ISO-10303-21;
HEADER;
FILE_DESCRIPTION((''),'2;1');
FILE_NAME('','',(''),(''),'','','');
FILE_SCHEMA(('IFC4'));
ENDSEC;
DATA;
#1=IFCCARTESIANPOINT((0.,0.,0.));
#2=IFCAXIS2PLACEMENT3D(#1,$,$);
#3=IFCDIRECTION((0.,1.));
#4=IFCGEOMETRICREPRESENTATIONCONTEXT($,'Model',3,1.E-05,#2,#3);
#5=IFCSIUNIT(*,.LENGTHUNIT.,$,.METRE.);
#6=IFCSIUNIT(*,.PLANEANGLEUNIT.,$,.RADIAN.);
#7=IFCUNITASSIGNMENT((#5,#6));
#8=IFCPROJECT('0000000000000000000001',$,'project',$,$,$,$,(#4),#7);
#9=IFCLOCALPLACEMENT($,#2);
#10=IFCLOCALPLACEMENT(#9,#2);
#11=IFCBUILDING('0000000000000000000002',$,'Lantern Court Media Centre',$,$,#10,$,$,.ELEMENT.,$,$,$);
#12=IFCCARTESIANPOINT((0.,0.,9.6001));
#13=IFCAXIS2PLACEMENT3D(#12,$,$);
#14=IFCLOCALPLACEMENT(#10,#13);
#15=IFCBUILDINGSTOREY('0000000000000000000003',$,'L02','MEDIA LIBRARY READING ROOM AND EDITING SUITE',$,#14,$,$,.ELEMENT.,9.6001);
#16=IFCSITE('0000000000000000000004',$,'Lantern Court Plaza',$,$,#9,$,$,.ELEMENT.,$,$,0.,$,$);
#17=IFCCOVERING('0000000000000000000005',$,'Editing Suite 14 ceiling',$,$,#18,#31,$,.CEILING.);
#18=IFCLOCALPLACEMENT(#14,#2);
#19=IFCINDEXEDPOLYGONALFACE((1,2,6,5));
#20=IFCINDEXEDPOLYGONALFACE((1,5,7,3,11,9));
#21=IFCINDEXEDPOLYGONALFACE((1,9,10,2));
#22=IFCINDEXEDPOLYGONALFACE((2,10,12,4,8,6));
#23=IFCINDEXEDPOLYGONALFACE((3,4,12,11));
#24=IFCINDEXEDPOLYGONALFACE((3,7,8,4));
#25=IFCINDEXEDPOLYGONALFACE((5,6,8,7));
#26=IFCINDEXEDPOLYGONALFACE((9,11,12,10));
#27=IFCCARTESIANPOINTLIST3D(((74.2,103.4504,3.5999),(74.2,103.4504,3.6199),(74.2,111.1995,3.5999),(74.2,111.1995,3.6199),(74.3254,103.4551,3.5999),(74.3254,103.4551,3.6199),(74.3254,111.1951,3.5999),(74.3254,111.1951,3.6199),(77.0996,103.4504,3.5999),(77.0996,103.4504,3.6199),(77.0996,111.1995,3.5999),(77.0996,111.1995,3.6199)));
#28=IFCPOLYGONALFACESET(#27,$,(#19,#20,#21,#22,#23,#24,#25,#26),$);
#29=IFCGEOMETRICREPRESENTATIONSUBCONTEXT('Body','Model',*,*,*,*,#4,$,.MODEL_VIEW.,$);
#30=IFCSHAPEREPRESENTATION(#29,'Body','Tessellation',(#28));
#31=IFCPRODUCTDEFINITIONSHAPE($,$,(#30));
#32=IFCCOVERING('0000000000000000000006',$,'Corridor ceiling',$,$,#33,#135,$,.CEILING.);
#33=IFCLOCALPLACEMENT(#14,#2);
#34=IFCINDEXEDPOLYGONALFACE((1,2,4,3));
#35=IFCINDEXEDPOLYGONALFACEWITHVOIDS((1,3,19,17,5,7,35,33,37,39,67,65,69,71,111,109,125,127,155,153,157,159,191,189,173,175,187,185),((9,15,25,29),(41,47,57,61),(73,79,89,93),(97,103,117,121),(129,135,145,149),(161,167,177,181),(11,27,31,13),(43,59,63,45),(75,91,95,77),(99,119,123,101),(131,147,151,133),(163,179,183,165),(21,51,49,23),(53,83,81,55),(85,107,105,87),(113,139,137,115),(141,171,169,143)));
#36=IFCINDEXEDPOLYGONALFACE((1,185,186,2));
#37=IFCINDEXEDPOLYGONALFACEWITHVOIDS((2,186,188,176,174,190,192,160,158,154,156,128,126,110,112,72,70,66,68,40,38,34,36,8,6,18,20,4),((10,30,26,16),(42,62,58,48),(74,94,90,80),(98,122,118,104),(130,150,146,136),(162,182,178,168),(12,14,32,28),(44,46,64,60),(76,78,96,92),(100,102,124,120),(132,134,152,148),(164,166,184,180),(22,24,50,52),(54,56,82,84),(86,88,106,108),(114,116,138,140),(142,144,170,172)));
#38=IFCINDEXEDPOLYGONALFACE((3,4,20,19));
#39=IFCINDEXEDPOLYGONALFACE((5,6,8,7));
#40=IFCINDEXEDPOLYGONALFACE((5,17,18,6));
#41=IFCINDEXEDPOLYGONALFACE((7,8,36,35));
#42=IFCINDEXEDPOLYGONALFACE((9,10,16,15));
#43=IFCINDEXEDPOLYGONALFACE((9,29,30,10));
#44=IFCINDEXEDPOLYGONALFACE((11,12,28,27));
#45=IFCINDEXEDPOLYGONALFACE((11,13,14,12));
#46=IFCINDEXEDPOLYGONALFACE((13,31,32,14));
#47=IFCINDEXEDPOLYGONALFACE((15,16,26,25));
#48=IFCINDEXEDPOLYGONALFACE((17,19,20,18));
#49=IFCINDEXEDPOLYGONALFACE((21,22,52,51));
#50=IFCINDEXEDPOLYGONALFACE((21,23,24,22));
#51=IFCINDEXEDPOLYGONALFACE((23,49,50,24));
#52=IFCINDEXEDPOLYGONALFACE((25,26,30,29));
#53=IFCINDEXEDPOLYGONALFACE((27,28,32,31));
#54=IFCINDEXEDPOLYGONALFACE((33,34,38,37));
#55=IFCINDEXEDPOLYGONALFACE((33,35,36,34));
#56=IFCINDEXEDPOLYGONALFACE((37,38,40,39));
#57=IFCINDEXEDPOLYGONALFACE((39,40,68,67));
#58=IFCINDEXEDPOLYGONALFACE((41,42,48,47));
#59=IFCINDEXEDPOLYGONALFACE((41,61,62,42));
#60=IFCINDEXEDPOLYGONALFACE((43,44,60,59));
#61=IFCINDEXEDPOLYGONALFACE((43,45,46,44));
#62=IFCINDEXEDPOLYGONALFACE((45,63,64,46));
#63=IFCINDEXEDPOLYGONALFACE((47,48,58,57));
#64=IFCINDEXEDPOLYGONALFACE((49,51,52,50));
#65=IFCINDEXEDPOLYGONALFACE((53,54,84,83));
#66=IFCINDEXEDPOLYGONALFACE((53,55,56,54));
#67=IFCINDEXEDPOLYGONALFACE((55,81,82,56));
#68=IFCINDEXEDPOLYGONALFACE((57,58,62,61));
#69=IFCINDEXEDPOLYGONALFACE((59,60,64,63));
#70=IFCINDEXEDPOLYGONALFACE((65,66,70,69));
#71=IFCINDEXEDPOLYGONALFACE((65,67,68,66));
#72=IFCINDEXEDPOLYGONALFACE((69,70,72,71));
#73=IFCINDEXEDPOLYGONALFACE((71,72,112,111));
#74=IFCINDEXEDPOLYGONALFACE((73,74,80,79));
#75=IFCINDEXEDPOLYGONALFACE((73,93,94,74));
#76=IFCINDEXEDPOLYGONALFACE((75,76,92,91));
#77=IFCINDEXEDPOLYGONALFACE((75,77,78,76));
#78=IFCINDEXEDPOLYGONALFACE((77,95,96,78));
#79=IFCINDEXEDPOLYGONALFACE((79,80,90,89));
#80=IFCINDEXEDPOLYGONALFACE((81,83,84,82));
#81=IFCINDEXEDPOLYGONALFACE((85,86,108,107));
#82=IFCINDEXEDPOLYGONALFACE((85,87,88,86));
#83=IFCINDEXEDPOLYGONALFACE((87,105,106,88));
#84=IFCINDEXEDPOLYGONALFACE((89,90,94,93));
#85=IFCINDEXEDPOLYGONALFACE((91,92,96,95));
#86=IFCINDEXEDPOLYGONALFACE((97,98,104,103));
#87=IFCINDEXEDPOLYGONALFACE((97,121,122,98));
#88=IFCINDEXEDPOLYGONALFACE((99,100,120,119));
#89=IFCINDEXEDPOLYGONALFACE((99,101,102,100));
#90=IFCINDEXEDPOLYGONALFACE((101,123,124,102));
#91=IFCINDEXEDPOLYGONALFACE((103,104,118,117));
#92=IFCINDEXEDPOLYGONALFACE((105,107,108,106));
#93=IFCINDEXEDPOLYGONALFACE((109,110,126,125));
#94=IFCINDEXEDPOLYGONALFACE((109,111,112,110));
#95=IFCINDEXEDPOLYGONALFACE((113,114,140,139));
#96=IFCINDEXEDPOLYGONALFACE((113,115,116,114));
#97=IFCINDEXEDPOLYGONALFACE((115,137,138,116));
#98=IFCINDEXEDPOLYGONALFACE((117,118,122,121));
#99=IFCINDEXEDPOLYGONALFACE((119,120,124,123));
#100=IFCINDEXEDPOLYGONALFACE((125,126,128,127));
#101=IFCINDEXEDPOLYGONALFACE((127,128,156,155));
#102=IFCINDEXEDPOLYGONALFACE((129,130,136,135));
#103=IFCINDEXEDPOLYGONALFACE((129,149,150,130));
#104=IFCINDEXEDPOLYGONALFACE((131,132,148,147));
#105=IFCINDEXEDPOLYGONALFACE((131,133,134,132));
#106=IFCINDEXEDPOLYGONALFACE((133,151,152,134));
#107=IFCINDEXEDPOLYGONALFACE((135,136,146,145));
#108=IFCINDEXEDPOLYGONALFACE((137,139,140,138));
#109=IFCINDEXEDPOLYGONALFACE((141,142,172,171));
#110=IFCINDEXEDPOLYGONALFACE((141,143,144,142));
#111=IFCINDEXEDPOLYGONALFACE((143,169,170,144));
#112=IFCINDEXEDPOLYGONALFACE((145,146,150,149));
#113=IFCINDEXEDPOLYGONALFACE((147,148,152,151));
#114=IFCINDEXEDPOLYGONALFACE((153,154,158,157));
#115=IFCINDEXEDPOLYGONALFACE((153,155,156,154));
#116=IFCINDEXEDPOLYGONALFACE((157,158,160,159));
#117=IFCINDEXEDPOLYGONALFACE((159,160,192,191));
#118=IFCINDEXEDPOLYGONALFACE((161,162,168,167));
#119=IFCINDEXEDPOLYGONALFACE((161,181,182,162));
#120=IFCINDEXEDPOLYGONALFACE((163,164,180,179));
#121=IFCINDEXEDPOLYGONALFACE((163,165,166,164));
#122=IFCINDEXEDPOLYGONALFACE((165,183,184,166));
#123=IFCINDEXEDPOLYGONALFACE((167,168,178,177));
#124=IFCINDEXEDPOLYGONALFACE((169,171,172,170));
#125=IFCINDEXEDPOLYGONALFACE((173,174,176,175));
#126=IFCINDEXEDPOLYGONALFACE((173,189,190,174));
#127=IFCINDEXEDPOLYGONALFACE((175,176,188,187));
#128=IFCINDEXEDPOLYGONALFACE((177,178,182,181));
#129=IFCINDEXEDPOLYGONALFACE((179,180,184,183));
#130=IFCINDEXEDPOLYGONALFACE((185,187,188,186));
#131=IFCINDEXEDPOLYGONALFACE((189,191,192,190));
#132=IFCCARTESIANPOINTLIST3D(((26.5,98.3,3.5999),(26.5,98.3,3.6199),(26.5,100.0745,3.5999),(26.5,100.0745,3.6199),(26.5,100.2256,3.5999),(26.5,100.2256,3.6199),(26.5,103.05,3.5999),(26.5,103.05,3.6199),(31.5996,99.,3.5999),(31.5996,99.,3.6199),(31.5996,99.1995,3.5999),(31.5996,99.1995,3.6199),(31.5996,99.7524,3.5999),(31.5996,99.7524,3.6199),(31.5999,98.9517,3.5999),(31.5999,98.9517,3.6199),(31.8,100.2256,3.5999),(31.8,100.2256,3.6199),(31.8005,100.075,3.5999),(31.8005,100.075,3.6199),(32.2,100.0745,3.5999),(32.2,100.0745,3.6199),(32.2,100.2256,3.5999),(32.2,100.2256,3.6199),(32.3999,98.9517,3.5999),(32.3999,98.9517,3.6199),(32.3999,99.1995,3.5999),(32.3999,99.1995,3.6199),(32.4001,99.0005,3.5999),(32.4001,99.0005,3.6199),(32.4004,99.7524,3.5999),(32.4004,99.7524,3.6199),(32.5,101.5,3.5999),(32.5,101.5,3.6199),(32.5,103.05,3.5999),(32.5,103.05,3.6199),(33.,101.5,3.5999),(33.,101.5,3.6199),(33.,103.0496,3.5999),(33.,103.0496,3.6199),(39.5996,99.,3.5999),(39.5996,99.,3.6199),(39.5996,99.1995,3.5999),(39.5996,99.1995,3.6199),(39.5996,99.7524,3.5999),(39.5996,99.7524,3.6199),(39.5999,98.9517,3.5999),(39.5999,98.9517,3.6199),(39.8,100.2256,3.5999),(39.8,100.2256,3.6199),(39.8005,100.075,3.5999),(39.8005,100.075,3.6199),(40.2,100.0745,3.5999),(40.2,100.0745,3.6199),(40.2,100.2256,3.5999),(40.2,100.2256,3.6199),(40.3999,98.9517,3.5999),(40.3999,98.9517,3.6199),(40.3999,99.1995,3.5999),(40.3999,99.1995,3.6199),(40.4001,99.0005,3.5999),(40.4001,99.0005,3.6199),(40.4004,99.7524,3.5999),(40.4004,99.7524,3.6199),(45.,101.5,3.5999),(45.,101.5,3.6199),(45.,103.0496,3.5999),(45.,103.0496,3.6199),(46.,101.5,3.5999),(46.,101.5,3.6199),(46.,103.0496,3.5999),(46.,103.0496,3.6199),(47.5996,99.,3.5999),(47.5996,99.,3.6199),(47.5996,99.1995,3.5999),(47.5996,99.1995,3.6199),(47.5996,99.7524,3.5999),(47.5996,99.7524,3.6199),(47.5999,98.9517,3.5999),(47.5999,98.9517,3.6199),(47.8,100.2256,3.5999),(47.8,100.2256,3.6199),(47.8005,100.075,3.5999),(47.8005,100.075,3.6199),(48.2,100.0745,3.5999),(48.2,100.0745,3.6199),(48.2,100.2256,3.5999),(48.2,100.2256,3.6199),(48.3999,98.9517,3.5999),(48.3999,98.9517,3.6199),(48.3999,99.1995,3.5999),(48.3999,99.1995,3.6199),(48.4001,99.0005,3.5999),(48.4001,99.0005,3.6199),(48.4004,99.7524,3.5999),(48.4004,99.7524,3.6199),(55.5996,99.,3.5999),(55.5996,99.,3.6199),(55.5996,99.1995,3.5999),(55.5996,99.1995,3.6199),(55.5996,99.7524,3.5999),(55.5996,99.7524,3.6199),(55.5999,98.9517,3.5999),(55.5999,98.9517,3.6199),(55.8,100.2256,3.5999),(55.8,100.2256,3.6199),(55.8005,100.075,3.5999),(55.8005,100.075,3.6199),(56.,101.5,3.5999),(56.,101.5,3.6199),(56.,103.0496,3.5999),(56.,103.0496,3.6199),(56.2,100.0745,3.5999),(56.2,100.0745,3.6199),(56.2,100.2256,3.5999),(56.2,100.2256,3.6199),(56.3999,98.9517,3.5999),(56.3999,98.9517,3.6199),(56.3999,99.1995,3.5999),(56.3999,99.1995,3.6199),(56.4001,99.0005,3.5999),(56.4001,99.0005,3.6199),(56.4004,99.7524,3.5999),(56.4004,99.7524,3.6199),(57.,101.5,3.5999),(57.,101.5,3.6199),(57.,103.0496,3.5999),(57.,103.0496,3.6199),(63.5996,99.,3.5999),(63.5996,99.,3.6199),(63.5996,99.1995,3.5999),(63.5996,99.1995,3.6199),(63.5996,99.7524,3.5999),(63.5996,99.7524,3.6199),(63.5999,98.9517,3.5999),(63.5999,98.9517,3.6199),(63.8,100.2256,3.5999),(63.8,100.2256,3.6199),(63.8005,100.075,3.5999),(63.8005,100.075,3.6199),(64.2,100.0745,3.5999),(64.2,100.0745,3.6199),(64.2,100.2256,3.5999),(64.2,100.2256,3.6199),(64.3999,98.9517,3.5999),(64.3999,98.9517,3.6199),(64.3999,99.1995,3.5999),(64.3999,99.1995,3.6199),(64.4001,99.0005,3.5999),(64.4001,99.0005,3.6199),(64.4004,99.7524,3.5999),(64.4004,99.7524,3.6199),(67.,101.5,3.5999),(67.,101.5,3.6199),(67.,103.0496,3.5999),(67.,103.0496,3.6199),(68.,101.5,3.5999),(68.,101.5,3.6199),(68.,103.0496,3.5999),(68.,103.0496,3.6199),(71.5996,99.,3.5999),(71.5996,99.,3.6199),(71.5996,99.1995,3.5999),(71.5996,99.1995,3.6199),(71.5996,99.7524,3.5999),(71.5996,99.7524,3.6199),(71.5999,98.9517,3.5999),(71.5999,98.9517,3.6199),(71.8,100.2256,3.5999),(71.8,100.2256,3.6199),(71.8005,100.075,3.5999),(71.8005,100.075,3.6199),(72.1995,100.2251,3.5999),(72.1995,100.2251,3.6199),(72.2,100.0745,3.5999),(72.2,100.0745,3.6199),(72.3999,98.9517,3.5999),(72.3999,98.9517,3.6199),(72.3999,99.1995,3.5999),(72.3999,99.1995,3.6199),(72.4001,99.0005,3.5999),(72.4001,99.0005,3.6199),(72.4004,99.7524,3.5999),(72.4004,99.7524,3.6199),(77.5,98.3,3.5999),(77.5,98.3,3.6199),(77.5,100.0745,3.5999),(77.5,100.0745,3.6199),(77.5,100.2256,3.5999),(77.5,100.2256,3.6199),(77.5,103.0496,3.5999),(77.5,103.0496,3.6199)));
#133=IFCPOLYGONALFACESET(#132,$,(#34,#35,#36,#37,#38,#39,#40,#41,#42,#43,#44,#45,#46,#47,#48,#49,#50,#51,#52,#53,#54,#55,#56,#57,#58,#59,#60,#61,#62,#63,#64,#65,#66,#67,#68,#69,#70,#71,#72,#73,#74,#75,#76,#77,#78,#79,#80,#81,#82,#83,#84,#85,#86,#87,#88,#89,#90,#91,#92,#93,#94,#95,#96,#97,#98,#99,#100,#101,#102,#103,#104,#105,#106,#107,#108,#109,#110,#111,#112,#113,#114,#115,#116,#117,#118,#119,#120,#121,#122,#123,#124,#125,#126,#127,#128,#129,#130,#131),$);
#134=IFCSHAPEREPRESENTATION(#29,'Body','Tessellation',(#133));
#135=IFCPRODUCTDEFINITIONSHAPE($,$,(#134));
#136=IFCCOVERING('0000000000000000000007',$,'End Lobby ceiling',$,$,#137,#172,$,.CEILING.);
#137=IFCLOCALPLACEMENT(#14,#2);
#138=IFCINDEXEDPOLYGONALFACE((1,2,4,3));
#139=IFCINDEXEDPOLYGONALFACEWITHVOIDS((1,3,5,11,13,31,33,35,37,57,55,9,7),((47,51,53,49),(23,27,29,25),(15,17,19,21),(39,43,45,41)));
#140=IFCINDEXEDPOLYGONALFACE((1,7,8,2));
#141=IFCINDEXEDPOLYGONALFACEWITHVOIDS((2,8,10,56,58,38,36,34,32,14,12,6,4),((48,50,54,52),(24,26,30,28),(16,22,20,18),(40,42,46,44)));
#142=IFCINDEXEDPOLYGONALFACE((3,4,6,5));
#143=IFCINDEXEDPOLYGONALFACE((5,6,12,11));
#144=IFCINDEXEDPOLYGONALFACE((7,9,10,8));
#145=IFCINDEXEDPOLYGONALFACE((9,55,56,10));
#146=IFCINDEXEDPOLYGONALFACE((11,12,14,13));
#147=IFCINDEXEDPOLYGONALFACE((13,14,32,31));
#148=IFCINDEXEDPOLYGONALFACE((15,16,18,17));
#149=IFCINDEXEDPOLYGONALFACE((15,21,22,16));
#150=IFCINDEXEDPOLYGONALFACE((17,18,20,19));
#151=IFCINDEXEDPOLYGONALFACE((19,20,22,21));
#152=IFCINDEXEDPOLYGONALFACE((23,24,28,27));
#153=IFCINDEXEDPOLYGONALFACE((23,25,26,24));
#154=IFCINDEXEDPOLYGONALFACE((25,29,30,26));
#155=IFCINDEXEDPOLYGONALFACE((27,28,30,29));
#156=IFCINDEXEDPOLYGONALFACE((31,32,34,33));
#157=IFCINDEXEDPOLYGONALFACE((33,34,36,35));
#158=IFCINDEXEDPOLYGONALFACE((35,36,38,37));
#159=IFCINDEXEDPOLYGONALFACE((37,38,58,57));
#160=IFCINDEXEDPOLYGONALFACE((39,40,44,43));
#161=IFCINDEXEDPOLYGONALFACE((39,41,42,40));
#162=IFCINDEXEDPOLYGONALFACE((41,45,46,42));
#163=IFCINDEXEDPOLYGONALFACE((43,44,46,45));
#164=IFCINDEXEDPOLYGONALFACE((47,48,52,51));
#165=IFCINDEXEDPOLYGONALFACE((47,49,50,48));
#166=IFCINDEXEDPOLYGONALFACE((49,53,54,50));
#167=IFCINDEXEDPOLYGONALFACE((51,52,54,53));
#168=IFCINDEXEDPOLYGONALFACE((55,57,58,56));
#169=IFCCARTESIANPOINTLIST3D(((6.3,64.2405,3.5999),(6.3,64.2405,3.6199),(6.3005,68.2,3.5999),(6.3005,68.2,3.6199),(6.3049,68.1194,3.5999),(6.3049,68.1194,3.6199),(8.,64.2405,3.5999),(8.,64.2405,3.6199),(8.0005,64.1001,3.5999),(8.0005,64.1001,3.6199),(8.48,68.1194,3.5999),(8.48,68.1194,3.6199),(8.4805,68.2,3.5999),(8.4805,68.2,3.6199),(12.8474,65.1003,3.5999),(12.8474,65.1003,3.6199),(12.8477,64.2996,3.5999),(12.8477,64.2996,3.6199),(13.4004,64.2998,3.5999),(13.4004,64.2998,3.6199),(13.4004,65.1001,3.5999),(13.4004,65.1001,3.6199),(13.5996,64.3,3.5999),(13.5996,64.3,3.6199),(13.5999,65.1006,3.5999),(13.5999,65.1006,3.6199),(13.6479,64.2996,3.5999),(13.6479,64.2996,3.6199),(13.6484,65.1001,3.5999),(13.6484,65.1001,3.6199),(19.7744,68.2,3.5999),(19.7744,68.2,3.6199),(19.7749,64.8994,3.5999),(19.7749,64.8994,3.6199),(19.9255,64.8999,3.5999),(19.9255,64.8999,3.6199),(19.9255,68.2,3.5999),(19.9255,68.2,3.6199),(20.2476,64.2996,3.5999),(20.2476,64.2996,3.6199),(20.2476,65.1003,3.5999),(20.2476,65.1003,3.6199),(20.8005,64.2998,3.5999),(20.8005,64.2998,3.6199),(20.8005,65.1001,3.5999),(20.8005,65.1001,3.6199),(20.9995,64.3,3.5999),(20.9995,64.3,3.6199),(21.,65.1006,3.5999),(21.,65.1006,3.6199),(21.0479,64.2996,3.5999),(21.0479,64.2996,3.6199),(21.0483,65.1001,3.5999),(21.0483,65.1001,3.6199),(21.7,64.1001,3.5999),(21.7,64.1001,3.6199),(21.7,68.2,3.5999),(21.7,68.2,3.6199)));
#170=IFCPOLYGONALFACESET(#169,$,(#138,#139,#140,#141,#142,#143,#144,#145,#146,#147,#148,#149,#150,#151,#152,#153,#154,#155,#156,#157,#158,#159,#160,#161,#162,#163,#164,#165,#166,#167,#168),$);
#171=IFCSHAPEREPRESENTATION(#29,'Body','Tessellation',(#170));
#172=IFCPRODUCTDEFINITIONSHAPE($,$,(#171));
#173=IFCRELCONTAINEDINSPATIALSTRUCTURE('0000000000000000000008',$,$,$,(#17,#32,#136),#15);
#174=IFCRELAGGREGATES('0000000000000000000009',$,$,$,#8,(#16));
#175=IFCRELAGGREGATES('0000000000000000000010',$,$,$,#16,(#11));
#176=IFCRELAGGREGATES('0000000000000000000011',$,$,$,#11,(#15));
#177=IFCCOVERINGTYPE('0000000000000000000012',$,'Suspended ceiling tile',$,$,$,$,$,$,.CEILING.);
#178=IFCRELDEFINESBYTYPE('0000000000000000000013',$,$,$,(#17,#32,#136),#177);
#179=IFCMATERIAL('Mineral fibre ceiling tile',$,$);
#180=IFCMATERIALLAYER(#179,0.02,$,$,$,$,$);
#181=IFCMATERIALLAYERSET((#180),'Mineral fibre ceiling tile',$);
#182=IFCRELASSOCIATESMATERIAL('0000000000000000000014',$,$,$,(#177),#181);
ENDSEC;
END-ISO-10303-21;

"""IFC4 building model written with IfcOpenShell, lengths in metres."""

from ifc_helpers import new_model, si_unit, direction, frame, origin, place, context, subcontext, project, spatial, polyline, outline, extrude, material, layer, layer_set, type_object, element, save


model = new_model("IFC4")

# Units and contexts
model_context = context("Model", 3, precision=1e-05, world=origin(), true_north=direction((0.0, 1.0)))
body_context = subcontext(model_context, "Body", "Model", "MODEL_VIEW")
ifc_project = project(units=[si_unit("LENGTHUNIT", "METRE"), si_unit("PLANEANGLEUNIT", "RADIAN")], contexts=[model_context])

# Site, building, storey
site_placement = place(None, origin())
site = spatial("IfcSite", under=ifc_project, at=site_placement, Name="Lantern Court Plaza", CompositionType="ELEMENT", RefElevation=0.0)
building_placement = place(site_placement, origin())
building = spatial("IfcBuilding", under=site, at=building_placement, Name="Lantern Court Media Centre", CompositionType="ELEMENT")
storey_placement = place(building_placement, frame((0.0, 0.0, 9.6001)))
storey = spatial("IfcBuildingStorey", under=building, at=storey_placement, Name="L02", Description="MEDIA LIBRARY READING ROOM AND EDITING SUITE", CompositionType="ELEMENT", Elevation=9.6001)

# Coverings
ifc_material = material(Name="Mineral fibre ceiling tile")
ifc_layer = layer(ifc_material, 0.02)
ifc_layer_set = layer_set([ifc_layer], Name="Mineral fibre ceiling tile")
covering_type = type_object("IfcCoveringType", Name="Suspended ceiling tile", PredefinedType="CEILING", material=ifc_layer_set)
covering_1_placement = place(storey_placement, frame((0.0, 0.0, 3.5999)))
element("IfcCovering", 1, at=covering_1_placement, inside=storey, type_object=covering_type, Name="Editing Suite 14 ceiling", PredefinedType="CEILING", context=body_context, shape_type="SweptSolid", body=[
    extrude(outline(polyline([(74.2, 111.1995), (77.0996, 111.1995), (77.0996, 103.4504), (74.2, 103.4504), (74.3254, 103.4551), (74.3254, 111.1951), (74.2, 111.1995)])), origin(), (0.0, 0.0, 1.0), 0.02),
])
covering_2_placement = place(storey_placement, frame((0.0, 0.0, 3.5999)))
element("IfcCovering", 2, at=covering_2_placement, inside=storey, type_object=covering_type, Name="Corridor ceiling", PredefinedType="CEILING", context=body_context, shape_type="SweptSolid", body=[
    extrude(outline(polyline([(67.0, 101.5), (68.0, 101.5), (68.0, 103.0496), (77.5, 103.0496), (77.5, 100.2256), (72.1995, 100.2251), (72.2, 100.0745), (77.5, 100.0745), (77.5, 98.3), (26.5, 98.3), (26.5, 100.0745), (31.8005, 100.075), (31.8, 100.2256), (26.5, 100.2256), (26.5, 103.05), (32.5, 103.05), (32.5, 101.5), (33.0, 101.5), (33.0, 103.0496), (45.0, 103.0496), (45.0, 101.5), (46.0, 101.5), (46.0, 103.0496), (56.0, 103.0496), (56.0, 101.5), (57.0, 101.5), (57.0, 103.0496), (67.0, 103.0496), (67.0, 101.5)]), holes=[polyline([(72.3999, 99.1995), (72.4004, 99.7524), (71.5996, 99.7524), (71.5996, 99.1995), (72.3999, 99.1995)]), polyline([(72.3999, 98.9517), (72.4001, 99.0005), (71.5996, 99.0), (71.5999, 98.9517), (72.3999, 98.9517)]), polyline([(64.2, 100.2256), (64.2, 100.0745), (71.8005, 100.075), (71.8, 100.2256), (64.2, 100.2256)]), polyline([(64.3999, 98.9517), (64.4001, 99.0005), (63.5996, 99.0), (63.5999, 98.9517), (64.3999, 98.9517)]), polyline([(64.3999, 99.1995), (64.4004, 99.7524), (63.5996, 99.7524), (63.5996, 99.1995), (64.3999, 99.1995)]), polyline([(56.2, 100.2256), (56.2, 100.0745), (63.8005, 100.075), (63.8, 100.2256), (56.2, 100.2256)]), polyline([(56.3999, 98.9517), (56.4001, 99.0005), (55.5996, 99.0), (55.5999, 98.9517), (56.3999, 98.9517)]), polyline([(56.3999, 99.1995), (56.4004, 99.7524), (55.5996, 99.7524), (55.5996, 99.1995), (56.3999, 99.1995)]), polyline([(48.2, 100.2256), (48.2, 100.0745), (55.8005, 100.075), (55.8, 100.2256), (48.2, 100.2256)]), polyline([(48.3999, 99.1995), (48.4004, 99.7524), (47.5996, 99.7524), (47.5996, 99.1995), (48.3999, 99.1995)]), polyline([(48.3999, 98.9517), (48.4001, 99.0005), (47.5996, 99.0), (47.5999, 98.9517), (48.3999, 98.9517)]), polyline([(40.2, 100.2256), (40.2, 100.0745), (47.8005, 100.075), (47.8, 100.2256), (40.2, 100.2256)]), polyline([(40.3999, 98.9517), (40.4001, 99.0005), (39.5996, 99.0), (39.5999, 98.9517), (40.3999, 98.9517)]), polyline([(40.3999, 99.1995), (40.4004, 99.7524), (39.5996, 99.7524), (39.5996, 99.1995), (40.3999, 99.1995)]), polyline([(32.2, 100.2256), (32.2, 100.0745), (39.8005, 100.075), (39.8, 100.2256), (32.2, 100.2256)]), polyline([(32.3999, 99.1995), (32.4004, 99.7524), (31.5996, 99.7524), (31.5996, 99.1995), (32.3999, 99.1995)]), polyline([(32.3999, 98.9517), (32.4001, 99.0005), (31.5996, 99.0), (31.5999, 98.9517), (32.3999, 98.9517)])]), origin(), (0.0, 0.0, 1.0), 0.02),
])
covering_3_placement = place(storey_placement, frame((0.0, 0.0, 3.5999)))
element("IfcCovering", 3, at=covering_3_placement, inside=storey, type_object=covering_type, Name="End Lobby ceiling", PredefinedType="CEILING", context=body_context, shape_type="SweptSolid", body=[
    extrude(outline(polyline([(21.7, 68.2), (21.7, 64.1001), (8.0005, 64.1001), (8.0, 64.2405), (6.3, 64.2405), (6.3005, 68.2), (6.3049, 68.1194), (8.48, 68.1194), (8.4805, 68.2), (19.7744, 68.2), (19.7749, 64.8994), (19.9255, 64.8999), (19.9255, 68.2), (21.7, 68.2)]), holes=[polyline([(21.0479, 64.2996), (21.0483, 65.1001), (21.0, 65.1006), (20.9995, 64.3), (21.0479, 64.2996)]), polyline([(20.8005, 65.1001), (20.2476, 65.1003), (20.2476, 64.2996), (20.8005, 64.2998), (20.8005, 65.1001)]), polyline([(13.6479, 64.2996), (13.6484, 65.1001), (13.5999, 65.1006), (13.5996, 64.3), (13.6479, 64.2996)]), polyline([(13.4004, 65.1001), (12.8474, 65.1003), (12.8477, 64.2996), (13.4004, 64.2998), (13.4004, 65.1001)])]), origin(), (0.0, 0.0, 1.0), 0.02),
])

save(model, "model.ifc")
